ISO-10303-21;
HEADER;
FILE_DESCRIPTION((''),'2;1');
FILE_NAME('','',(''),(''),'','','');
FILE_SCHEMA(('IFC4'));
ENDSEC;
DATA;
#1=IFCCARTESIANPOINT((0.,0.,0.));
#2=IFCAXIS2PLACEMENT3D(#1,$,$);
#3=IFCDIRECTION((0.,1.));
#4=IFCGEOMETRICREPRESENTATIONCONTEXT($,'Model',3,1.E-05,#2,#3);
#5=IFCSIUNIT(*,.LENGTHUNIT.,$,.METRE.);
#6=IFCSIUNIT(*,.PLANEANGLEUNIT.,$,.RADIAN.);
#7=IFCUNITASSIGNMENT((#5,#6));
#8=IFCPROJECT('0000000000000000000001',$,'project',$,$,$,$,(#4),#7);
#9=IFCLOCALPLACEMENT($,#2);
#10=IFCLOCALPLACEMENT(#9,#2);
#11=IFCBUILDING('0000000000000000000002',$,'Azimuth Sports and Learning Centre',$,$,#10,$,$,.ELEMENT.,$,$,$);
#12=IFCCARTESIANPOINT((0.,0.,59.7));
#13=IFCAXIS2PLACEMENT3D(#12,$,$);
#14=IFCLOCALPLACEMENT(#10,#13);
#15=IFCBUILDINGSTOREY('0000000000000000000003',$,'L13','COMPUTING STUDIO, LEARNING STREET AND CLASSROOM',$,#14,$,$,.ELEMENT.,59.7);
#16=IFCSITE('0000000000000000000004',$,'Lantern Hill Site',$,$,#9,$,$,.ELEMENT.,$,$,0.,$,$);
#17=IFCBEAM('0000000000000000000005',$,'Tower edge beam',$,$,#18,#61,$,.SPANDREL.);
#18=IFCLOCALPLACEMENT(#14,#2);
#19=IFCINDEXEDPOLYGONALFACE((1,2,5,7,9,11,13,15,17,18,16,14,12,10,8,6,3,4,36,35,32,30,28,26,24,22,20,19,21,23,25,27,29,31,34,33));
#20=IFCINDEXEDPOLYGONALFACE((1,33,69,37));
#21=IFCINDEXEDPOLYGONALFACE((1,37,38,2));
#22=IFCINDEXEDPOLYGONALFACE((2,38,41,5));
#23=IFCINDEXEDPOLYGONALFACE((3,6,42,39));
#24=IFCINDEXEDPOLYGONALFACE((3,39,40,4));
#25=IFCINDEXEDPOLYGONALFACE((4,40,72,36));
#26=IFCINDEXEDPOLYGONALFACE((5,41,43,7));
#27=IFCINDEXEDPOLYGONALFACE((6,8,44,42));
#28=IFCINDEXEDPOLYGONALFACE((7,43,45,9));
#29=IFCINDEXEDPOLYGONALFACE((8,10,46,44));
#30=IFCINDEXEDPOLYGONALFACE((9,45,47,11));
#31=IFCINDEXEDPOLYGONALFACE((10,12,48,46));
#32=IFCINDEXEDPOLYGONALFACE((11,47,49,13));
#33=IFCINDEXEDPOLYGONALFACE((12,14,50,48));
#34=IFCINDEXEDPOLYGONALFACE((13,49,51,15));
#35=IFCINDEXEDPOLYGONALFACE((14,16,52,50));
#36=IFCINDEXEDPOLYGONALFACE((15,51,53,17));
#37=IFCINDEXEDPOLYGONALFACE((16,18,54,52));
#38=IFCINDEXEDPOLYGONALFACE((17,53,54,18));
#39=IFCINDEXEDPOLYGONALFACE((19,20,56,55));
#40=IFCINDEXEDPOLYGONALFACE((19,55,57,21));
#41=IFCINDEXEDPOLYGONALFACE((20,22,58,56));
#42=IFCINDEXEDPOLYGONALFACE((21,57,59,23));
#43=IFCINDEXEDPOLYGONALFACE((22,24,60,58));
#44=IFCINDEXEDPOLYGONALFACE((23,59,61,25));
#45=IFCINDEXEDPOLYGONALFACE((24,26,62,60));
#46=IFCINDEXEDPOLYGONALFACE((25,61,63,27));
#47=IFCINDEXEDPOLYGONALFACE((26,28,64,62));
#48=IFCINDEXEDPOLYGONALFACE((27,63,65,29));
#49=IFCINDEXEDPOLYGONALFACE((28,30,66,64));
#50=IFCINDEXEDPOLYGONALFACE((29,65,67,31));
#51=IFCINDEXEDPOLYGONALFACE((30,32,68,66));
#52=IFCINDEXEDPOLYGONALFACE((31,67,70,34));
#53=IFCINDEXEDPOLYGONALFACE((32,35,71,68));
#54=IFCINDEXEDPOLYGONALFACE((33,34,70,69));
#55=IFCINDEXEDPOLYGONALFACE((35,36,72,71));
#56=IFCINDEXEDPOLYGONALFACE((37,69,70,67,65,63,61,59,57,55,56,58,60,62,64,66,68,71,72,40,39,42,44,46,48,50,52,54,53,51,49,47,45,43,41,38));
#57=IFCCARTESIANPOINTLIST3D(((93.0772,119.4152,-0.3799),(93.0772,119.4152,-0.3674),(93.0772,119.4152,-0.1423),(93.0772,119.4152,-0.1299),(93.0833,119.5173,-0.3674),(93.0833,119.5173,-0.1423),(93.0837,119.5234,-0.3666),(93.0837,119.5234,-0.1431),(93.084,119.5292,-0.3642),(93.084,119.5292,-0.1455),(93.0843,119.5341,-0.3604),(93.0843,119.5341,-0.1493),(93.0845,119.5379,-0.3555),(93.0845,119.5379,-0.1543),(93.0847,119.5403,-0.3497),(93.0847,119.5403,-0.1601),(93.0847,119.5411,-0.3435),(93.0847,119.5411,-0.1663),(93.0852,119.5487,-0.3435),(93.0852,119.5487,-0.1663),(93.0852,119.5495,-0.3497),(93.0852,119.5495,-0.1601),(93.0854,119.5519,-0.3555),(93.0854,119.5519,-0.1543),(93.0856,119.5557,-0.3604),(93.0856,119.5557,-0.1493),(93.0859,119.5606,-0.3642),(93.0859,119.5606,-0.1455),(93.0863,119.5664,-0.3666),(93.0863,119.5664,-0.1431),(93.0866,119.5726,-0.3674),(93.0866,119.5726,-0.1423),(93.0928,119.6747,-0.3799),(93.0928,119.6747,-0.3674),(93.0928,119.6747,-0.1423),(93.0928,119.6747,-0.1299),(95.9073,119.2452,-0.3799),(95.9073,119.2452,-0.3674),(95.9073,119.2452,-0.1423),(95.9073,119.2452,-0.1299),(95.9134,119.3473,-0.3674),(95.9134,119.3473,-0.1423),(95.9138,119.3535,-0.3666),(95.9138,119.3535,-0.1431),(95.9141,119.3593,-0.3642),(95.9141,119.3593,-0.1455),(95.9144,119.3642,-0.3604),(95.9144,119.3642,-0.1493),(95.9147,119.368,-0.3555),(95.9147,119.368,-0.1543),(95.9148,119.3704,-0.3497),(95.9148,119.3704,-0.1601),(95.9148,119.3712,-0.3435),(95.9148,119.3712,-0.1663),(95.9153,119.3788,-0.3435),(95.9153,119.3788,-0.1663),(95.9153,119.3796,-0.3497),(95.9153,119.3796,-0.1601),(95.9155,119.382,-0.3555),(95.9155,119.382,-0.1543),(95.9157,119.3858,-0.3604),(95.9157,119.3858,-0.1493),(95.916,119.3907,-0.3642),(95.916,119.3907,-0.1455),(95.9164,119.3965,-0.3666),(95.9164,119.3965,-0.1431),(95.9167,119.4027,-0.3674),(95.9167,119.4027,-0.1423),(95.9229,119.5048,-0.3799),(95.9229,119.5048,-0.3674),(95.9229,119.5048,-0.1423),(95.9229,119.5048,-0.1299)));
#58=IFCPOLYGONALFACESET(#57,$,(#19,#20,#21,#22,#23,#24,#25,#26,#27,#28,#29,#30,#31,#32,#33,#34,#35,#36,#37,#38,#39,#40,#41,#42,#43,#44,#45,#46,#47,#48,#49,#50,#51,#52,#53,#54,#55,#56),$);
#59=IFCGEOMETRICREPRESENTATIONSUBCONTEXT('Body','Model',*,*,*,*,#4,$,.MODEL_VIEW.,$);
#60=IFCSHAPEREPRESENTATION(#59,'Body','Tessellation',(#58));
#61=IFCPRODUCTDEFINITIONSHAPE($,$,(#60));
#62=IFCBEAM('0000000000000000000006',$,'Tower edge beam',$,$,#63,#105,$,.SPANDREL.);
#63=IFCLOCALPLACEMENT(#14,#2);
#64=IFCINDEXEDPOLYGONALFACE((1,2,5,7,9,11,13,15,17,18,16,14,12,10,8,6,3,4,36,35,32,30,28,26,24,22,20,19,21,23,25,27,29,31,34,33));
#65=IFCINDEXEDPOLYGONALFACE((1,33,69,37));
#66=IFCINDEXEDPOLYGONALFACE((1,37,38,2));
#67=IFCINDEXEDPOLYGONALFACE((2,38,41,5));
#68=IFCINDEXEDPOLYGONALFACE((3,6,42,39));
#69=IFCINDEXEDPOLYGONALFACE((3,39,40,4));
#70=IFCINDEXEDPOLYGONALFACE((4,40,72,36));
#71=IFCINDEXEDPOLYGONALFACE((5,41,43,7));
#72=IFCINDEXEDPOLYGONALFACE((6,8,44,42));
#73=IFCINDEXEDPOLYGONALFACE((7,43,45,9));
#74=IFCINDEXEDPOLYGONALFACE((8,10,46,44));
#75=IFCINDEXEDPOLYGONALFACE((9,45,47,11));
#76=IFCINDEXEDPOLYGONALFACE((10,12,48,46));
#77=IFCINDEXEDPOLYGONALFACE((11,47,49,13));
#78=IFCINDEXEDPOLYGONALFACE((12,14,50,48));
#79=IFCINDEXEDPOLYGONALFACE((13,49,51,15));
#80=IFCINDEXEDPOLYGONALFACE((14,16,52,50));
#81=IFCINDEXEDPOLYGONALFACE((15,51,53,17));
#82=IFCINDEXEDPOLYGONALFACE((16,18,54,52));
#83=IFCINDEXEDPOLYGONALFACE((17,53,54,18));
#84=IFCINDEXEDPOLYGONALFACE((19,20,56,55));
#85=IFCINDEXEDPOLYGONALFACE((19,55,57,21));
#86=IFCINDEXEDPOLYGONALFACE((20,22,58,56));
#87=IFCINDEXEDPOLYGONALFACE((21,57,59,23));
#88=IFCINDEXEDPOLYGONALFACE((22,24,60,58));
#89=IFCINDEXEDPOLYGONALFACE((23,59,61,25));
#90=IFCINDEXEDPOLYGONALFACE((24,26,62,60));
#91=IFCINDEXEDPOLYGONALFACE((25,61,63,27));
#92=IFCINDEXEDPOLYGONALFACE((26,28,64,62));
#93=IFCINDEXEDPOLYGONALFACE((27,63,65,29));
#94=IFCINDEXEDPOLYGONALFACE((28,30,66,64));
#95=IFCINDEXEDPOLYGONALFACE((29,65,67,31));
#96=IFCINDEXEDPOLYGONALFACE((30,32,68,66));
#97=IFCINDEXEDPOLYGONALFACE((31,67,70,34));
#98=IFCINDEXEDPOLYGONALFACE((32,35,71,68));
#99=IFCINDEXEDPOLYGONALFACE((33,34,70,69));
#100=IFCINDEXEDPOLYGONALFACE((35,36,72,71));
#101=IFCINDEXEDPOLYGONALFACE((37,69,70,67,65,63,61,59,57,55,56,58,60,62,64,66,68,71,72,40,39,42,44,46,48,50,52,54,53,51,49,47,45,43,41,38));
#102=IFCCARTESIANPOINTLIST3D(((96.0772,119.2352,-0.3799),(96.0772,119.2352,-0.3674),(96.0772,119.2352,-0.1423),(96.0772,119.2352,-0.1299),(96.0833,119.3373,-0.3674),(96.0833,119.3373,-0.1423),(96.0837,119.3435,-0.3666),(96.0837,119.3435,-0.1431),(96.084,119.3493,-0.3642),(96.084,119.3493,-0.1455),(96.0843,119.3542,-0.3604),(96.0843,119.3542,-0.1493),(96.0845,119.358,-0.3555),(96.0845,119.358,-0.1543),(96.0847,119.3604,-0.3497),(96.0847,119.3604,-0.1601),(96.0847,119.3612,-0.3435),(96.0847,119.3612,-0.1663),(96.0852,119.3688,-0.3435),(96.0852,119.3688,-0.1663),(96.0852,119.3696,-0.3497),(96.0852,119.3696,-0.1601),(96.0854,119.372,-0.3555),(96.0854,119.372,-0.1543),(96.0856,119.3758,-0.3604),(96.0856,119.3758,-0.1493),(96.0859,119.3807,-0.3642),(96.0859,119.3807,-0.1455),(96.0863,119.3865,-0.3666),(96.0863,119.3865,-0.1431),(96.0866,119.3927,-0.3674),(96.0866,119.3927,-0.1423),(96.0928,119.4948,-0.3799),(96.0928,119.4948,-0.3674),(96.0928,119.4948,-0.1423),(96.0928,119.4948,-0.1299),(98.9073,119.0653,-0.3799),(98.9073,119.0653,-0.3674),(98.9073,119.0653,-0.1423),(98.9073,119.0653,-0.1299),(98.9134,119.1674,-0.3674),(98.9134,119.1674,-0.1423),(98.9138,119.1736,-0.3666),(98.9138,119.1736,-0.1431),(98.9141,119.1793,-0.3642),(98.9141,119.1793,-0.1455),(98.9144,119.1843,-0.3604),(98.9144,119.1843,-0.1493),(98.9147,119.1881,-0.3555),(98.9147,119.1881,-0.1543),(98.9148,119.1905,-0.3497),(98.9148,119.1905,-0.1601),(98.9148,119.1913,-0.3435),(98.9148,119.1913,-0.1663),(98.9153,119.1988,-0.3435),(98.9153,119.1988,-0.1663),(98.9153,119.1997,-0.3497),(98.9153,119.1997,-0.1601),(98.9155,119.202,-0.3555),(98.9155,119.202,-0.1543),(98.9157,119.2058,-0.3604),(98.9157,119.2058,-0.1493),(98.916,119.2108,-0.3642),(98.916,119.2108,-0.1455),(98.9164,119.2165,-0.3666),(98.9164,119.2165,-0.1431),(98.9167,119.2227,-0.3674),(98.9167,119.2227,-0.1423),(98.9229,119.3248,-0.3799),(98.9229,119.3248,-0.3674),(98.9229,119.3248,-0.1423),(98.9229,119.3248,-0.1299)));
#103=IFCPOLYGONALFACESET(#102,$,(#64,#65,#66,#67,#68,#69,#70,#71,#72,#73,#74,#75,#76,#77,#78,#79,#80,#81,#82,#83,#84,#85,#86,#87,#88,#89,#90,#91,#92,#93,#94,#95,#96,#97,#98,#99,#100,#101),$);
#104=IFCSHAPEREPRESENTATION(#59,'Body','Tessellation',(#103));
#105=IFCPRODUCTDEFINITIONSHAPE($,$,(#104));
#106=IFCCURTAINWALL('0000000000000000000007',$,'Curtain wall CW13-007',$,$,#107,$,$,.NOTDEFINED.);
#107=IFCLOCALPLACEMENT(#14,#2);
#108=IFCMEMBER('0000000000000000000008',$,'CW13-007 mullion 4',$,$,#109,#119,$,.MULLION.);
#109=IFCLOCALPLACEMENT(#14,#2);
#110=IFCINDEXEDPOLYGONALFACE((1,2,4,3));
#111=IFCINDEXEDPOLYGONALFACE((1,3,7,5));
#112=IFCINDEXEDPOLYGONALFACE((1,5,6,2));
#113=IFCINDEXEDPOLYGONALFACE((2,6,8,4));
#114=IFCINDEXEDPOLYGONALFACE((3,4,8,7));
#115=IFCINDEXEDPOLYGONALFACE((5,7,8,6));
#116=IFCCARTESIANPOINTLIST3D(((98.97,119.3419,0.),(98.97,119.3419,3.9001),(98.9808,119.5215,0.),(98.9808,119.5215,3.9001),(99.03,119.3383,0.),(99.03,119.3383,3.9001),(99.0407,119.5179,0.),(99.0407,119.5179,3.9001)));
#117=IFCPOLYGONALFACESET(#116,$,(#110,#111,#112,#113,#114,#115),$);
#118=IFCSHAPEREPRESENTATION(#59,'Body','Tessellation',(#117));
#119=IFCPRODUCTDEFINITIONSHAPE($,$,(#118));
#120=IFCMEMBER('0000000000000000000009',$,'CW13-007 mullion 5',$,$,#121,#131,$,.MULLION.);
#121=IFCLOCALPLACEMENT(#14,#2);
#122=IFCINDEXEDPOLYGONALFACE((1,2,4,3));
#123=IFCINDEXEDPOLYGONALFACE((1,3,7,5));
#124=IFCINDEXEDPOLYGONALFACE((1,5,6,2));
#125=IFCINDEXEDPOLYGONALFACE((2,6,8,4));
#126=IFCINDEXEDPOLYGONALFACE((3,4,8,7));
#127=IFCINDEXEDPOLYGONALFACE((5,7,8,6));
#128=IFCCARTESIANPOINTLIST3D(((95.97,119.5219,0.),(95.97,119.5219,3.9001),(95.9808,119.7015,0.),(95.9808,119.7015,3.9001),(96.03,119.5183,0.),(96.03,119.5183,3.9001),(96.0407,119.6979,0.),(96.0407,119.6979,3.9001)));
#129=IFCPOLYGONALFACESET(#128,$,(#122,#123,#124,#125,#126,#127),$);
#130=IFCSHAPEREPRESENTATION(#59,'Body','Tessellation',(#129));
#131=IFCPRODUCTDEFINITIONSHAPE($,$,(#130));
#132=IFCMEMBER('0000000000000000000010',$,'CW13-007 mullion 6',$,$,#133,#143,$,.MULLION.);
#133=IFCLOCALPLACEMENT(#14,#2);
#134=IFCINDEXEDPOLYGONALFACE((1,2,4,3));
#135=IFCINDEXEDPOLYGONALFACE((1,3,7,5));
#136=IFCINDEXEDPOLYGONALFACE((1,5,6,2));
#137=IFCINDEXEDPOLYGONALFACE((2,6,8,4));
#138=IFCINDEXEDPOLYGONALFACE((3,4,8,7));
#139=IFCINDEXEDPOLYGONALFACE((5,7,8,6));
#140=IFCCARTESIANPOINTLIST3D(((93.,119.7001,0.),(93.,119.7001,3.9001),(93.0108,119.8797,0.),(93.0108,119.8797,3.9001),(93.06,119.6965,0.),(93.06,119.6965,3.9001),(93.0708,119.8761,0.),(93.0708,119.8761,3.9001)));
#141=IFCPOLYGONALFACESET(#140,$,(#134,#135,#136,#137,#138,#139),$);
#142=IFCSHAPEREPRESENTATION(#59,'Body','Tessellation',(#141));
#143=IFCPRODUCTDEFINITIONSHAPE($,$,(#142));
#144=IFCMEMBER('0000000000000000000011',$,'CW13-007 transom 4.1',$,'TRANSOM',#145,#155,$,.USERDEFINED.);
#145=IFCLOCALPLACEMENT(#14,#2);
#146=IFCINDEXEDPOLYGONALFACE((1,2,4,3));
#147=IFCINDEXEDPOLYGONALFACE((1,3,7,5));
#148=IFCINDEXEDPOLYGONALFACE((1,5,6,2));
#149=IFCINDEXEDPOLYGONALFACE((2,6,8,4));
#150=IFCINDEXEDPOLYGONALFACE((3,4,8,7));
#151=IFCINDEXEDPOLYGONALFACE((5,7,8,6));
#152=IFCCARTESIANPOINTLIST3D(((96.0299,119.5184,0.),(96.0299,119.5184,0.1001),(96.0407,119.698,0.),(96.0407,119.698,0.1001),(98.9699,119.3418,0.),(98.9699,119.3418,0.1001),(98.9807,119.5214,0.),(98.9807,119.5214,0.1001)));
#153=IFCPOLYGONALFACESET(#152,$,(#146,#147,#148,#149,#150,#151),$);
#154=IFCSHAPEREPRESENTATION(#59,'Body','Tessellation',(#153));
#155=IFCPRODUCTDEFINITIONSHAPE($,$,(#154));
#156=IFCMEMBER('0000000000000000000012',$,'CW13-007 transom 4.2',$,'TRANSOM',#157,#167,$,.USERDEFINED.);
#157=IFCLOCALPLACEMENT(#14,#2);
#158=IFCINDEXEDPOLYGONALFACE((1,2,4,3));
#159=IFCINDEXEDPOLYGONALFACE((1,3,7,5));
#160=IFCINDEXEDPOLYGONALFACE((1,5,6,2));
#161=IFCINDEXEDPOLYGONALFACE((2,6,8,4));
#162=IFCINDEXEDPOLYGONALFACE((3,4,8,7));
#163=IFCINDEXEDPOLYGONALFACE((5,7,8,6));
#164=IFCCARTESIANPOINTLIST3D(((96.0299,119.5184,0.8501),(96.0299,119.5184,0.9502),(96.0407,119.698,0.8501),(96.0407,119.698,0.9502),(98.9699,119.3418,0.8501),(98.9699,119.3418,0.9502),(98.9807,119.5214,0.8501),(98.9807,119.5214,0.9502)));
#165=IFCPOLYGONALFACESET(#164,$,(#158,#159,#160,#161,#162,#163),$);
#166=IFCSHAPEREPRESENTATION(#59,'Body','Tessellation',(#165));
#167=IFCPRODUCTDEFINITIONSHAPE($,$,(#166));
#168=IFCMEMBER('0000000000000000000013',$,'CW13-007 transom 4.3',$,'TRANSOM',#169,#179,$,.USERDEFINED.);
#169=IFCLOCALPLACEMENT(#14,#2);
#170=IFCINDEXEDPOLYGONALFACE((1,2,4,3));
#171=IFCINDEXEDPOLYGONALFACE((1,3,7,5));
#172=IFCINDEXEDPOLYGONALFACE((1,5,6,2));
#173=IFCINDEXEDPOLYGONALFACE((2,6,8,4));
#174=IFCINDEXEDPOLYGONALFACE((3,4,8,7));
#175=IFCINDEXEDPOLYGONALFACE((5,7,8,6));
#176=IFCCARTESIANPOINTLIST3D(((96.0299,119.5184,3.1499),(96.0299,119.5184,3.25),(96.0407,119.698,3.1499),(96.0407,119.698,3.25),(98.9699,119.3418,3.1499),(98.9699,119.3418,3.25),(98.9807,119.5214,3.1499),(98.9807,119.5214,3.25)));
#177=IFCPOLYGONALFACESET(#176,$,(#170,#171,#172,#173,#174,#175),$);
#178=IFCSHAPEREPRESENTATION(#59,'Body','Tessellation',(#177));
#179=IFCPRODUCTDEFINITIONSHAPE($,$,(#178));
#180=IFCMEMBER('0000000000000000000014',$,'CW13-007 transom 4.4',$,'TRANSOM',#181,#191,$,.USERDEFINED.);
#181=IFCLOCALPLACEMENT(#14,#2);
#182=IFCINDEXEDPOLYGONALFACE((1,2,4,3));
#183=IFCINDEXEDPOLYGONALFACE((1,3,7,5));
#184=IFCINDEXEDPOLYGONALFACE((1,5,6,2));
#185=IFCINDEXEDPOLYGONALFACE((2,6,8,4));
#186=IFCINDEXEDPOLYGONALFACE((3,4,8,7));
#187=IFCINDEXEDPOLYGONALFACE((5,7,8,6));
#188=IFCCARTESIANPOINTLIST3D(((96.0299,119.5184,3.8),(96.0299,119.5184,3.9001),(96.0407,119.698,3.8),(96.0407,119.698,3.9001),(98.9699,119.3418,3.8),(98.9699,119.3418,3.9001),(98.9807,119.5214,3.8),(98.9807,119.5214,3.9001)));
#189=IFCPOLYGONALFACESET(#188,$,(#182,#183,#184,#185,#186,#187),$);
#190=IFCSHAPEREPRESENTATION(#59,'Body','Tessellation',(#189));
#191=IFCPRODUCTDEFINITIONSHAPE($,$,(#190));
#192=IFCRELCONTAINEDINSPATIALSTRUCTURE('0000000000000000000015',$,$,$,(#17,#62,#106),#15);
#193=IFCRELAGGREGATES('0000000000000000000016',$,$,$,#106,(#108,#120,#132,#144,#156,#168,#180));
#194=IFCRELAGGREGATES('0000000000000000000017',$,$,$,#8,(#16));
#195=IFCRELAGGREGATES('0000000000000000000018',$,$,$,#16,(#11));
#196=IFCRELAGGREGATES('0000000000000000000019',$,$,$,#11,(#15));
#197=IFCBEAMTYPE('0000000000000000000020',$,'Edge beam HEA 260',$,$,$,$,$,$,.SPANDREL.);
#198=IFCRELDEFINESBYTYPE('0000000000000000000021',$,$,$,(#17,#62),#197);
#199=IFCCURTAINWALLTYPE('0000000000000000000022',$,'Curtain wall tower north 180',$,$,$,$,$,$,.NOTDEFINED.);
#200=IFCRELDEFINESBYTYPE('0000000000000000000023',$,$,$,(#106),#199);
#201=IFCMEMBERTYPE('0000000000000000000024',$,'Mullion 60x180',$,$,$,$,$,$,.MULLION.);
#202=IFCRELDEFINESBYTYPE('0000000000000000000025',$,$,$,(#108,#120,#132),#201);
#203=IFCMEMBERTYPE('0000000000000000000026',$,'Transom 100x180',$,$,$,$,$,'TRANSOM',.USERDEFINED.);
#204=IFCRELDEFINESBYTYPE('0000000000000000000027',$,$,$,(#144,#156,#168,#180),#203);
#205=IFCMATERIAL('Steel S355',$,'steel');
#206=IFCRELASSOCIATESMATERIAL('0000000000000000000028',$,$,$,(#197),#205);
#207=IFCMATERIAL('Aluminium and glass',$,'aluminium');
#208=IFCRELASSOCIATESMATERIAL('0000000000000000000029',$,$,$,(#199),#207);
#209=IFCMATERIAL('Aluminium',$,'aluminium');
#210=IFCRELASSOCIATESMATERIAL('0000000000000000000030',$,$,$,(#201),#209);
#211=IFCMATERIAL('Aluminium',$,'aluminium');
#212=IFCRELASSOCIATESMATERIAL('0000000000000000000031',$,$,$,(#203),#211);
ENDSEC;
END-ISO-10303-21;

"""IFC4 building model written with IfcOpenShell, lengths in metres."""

from ifc_helpers import new_model, si_unit, direction, frame, origin, origin_2d, place, context, subcontext, project, spatial, rectangle, i_section, extrude, material, material_profile, profile_set, type_object, element, aggregate, save


model = new_model("IFC4")

# Units and contexts
model_context = context("Model", 3, precision=1e-05, world=origin(), true_north=direction((0.0, 1.0)))
body_context = subcontext(model_context, "Body", "Model", "MODEL_VIEW")
ifc_project = project(units=[si_unit("LENGTHUNIT", "METRE"), si_unit("PLANEANGLEUNIT", "RADIAN")], contexts=[model_context])

# Site, building, storey
site_placement = place(None, origin())
site = spatial("IfcSite", under=ifc_project, at=site_placement, Name="Lantern Hill Site", CompositionType="ELEMENT", RefElevation=0.0)
building_placement = place(site_placement, origin())
building = spatial("IfcBuilding", under=site, at=building_placement, Name="Azimuth Sports and Learning Centre", CompositionType="ELEMENT")
storey_placement = place(building_placement, frame((0.0, 0.0, 59.7)))
storey = spatial("IfcBuildingStorey", under=building, at=storey_placement, Name="L13", Description="COMPUTING STUDIO, LEARNING STREET AND CLASSROOM", CompositionType="ELEMENT", Elevation=59.7)

# Beams
ifc_material_1 = material(Name="Steel S355", Category="steel")
ifc_material_profile_1 = material_profile(ifc_material_1, i_section(OverallWidth=0.26, OverallDepth=0.25, WebThickness=0.0076, FlangeThickness=0.0125, FilletRadius=0.0239, at=origin_2d()), Name="HEA 260")
ifc_profile_set_1 = profile_set([ifc_material_profile_1], Name="Steel S355")
beam_type = type_object("IfcBeamType", Name="Edge beam HEA 260", PredefinedType="SPANDREL", material=ifc_profile_set_1)
for number, where, z_axis, x_axis, name in (
    (1, (93.085, 119.5449, -0.2549), (0.998202, -0.059933, 0.0), (0.059933, 0.998202, 0.0), "Tower edge beam"),
    (2, (96.085, 119.365, -0.2549), (0.998202, -0.059933, 0.0), (0.059933, 0.998202, 0.0), "Tower edge beam"),
):
    element("IfcBeam", number, at=place(storey_placement, frame(where, z_axis=z_axis, x_axis=x_axis)), inside=storey, type_object=beam_type, Name=name, PredefinedType="SPANDREL", context=body_context, shape_type="SweptSolid", body=[
        extrude(i_section(OverallWidth=0.26, OverallDepth=0.25, WebThickness=0.0076, FlangeThickness=0.0125, FilletRadius=0.0239, at=origin_2d()), origin(), (0.0, 0.0, 1.0), 2.8352),
    ])

# Curtain wall, members
ifc_material_2 = material(Name="Aluminium and glass", Category="aluminium")
curtain_wall_type = type_object("IfcCurtainWallType", Name="Curtain wall tower north 180", PredefinedType="NOTDEFINED", material=ifc_material_2)
curtain_wall_placement = place(storey_placement, origin())
curtain_wall = element("IfcCurtainWall", 3, at=curtain_wall_placement, inside=storey, type_object=curtain_wall_type, Name="Curtain wall CW13-007", PredefinedType="NOTDEFINED")
ifc_material_3 = material(Name="Aluminium", Category="aluminium")
ifc_material_profile_2 = material_profile(ifc_material_3, rectangle(XDim=0.1799, YDim=0.0601, at=origin_2d()), Name="Mullion 60x180")
ifc_profile_set_2 = profile_set([ifc_material_profile_2], Name="Aluminium")
member_type_1 = type_object("IfcMemberType", Name="Mullion 60x180", PredefinedType="MULLION", material=ifc_profile_set_2)
member_1_placement = place(storey_placement, frame((99.0054, 119.4299, 0.0), z_axis=(0.0, 0.0, 1.0), x_axis=(-0.059892, -0.998205, 0.0)))
member_1 = element("IfcMember", 4, at=member_1_placement, type_object=member_type_1, Name="CW13-007 mullion 4", PredefinedType="MULLION", context=body_context, shape_type="SweptSolid", body=[
    extrude(rectangle(XDim=0.1799, YDim=0.0601, at=origin_2d()), origin(), (0.0, 0.0, 1.0), 3.9001),
])
member_2_placement = place(storey_placement, frame((96.0054, 119.6099, 0.0), z_axis=(0.0, 0.0, 1.0), x_axis=(-0.059892, -0.998205, 0.0)))
member_2 = element("IfcMember", 5, at=member_2_placement, type_object=member_type_1, Name="CW13-007 mullion 5", PredefinedType="MULLION", context=body_context, shape_type="SweptSolid", body=[
    extrude(rectangle(XDim=0.1799, YDim=0.0601, at=origin_2d()), origin(), (0.0, 0.0, 1.0), 3.9001),
])
member_3_placement = place(storey_placement, frame((93.0354, 119.7881, 0.0), z_axis=(0.0, 0.0, 1.0), x_axis=(-0.059892, -0.998205, 0.0)))
member_3 = element("IfcMember", 6, at=member_3_placement, type_object=member_type_1, Name="CW13-007 mullion 6", PredefinedType="MULLION", context=body_context, shape_type="SweptSolid", body=[
    extrude(rectangle(XDim=0.1799, YDim=0.0601, at=origin_2d()), origin(), (0.0, 0.0, 1.0), 3.9001),
])
ifc_material_4 = material(Name="Aluminium", Category="aluminium")
ifc_material_profile_3 = material_profile(ifc_material_4, rectangle(XDim=0.1799, YDim=0.1001, at=origin_2d()), Name="Transom 100x180")
ifc_profile_set_3 = profile_set([ifc_material_profile_3], Name="Aluminium")
member_type_2 = type_object("IfcMemberType", Name="Transom 100x180", ElementType="TRANSOM", PredefinedType="USERDEFINED", material=ifc_profile_set_3)
member_4_placement = place(storey_placement, frame((98.9753, 119.4316, 0.05), z_axis=(-0.998202, 0.059932, 0.0), x_axis=(-0.059932, -0.998202, 0.0)))
member_4 = element("IfcMember", 7, at=member_4_placement, type_object=member_type_2, Name="CW13-007 transom 4.1", ObjectType="TRANSOM", PredefinedType="USERDEFINED", context=body_context, shape_type="SweptSolid", body=[
    extrude(rectangle(XDim=0.1799, YDim=0.1001, at=origin_2d()), origin(), (0.0, 0.0, 1.0), 2.9453),
])
member_5_placement = place(storey_placement, frame((98.9753, 119.4316, 0.9001), z_axis=(-0.998202, 0.059932, 0.0), x_axis=(-0.059932, -0.998202, 0.0)))
member_5 = element("IfcMember", 8, at=member_5_placement, type_object=member_type_2, Name="CW13-007 transom 4.2", ObjectType="TRANSOM", PredefinedType="USERDEFINED", context=body_context, shape_type="SweptSolid", body=[
    extrude(rectangle(XDim=0.1799, YDim=0.1001, at=origin_2d()), origin(), (0.0, 0.0, 1.0), 2.9453),
])
member_6_placement = place(storey_placement, frame((98.9753, 119.4316, 3.2), z_axis=(-0.998202, 0.059932, 0.0), x_axis=(-0.059932, -0.998202, 0.0)))
member_6 = element("IfcMember", 9, at=member_6_placement, type_object=member_type_2, Name="CW13-007 transom 4.3", ObjectType="TRANSOM", PredefinedType="USERDEFINED", context=body_context, shape_type="SweptSolid", body=[
    extrude(rectangle(XDim=0.1799, YDim=0.1001, at=origin_2d()), origin(), (0.0, 0.0, 1.0), 2.9453),
])
member_7_placement = place(storey_placement, frame((98.9753, 119.4316, 3.8501), z_axis=(-0.998202, 0.059932, 0.0), x_axis=(-0.059932, -0.998202, 0.0)))
member_7 = element("IfcMember", 10, at=member_7_placement, type_object=member_type_2, Name="CW13-007 transom 4.4", ObjectType="TRANSOM", PredefinedType="USERDEFINED", context=body_context, shape_type="SweptSolid", body=[
    extrude(rectangle(XDim=0.1799, YDim=0.1001, at=origin_2d()), origin(), (0.0, 0.0, 1.0), 2.9453),
])
aggregate(curtain_wall, [member_1, member_2, member_3, member_4, member_5, member_6, member_7])

save(model, "model.ifc")
